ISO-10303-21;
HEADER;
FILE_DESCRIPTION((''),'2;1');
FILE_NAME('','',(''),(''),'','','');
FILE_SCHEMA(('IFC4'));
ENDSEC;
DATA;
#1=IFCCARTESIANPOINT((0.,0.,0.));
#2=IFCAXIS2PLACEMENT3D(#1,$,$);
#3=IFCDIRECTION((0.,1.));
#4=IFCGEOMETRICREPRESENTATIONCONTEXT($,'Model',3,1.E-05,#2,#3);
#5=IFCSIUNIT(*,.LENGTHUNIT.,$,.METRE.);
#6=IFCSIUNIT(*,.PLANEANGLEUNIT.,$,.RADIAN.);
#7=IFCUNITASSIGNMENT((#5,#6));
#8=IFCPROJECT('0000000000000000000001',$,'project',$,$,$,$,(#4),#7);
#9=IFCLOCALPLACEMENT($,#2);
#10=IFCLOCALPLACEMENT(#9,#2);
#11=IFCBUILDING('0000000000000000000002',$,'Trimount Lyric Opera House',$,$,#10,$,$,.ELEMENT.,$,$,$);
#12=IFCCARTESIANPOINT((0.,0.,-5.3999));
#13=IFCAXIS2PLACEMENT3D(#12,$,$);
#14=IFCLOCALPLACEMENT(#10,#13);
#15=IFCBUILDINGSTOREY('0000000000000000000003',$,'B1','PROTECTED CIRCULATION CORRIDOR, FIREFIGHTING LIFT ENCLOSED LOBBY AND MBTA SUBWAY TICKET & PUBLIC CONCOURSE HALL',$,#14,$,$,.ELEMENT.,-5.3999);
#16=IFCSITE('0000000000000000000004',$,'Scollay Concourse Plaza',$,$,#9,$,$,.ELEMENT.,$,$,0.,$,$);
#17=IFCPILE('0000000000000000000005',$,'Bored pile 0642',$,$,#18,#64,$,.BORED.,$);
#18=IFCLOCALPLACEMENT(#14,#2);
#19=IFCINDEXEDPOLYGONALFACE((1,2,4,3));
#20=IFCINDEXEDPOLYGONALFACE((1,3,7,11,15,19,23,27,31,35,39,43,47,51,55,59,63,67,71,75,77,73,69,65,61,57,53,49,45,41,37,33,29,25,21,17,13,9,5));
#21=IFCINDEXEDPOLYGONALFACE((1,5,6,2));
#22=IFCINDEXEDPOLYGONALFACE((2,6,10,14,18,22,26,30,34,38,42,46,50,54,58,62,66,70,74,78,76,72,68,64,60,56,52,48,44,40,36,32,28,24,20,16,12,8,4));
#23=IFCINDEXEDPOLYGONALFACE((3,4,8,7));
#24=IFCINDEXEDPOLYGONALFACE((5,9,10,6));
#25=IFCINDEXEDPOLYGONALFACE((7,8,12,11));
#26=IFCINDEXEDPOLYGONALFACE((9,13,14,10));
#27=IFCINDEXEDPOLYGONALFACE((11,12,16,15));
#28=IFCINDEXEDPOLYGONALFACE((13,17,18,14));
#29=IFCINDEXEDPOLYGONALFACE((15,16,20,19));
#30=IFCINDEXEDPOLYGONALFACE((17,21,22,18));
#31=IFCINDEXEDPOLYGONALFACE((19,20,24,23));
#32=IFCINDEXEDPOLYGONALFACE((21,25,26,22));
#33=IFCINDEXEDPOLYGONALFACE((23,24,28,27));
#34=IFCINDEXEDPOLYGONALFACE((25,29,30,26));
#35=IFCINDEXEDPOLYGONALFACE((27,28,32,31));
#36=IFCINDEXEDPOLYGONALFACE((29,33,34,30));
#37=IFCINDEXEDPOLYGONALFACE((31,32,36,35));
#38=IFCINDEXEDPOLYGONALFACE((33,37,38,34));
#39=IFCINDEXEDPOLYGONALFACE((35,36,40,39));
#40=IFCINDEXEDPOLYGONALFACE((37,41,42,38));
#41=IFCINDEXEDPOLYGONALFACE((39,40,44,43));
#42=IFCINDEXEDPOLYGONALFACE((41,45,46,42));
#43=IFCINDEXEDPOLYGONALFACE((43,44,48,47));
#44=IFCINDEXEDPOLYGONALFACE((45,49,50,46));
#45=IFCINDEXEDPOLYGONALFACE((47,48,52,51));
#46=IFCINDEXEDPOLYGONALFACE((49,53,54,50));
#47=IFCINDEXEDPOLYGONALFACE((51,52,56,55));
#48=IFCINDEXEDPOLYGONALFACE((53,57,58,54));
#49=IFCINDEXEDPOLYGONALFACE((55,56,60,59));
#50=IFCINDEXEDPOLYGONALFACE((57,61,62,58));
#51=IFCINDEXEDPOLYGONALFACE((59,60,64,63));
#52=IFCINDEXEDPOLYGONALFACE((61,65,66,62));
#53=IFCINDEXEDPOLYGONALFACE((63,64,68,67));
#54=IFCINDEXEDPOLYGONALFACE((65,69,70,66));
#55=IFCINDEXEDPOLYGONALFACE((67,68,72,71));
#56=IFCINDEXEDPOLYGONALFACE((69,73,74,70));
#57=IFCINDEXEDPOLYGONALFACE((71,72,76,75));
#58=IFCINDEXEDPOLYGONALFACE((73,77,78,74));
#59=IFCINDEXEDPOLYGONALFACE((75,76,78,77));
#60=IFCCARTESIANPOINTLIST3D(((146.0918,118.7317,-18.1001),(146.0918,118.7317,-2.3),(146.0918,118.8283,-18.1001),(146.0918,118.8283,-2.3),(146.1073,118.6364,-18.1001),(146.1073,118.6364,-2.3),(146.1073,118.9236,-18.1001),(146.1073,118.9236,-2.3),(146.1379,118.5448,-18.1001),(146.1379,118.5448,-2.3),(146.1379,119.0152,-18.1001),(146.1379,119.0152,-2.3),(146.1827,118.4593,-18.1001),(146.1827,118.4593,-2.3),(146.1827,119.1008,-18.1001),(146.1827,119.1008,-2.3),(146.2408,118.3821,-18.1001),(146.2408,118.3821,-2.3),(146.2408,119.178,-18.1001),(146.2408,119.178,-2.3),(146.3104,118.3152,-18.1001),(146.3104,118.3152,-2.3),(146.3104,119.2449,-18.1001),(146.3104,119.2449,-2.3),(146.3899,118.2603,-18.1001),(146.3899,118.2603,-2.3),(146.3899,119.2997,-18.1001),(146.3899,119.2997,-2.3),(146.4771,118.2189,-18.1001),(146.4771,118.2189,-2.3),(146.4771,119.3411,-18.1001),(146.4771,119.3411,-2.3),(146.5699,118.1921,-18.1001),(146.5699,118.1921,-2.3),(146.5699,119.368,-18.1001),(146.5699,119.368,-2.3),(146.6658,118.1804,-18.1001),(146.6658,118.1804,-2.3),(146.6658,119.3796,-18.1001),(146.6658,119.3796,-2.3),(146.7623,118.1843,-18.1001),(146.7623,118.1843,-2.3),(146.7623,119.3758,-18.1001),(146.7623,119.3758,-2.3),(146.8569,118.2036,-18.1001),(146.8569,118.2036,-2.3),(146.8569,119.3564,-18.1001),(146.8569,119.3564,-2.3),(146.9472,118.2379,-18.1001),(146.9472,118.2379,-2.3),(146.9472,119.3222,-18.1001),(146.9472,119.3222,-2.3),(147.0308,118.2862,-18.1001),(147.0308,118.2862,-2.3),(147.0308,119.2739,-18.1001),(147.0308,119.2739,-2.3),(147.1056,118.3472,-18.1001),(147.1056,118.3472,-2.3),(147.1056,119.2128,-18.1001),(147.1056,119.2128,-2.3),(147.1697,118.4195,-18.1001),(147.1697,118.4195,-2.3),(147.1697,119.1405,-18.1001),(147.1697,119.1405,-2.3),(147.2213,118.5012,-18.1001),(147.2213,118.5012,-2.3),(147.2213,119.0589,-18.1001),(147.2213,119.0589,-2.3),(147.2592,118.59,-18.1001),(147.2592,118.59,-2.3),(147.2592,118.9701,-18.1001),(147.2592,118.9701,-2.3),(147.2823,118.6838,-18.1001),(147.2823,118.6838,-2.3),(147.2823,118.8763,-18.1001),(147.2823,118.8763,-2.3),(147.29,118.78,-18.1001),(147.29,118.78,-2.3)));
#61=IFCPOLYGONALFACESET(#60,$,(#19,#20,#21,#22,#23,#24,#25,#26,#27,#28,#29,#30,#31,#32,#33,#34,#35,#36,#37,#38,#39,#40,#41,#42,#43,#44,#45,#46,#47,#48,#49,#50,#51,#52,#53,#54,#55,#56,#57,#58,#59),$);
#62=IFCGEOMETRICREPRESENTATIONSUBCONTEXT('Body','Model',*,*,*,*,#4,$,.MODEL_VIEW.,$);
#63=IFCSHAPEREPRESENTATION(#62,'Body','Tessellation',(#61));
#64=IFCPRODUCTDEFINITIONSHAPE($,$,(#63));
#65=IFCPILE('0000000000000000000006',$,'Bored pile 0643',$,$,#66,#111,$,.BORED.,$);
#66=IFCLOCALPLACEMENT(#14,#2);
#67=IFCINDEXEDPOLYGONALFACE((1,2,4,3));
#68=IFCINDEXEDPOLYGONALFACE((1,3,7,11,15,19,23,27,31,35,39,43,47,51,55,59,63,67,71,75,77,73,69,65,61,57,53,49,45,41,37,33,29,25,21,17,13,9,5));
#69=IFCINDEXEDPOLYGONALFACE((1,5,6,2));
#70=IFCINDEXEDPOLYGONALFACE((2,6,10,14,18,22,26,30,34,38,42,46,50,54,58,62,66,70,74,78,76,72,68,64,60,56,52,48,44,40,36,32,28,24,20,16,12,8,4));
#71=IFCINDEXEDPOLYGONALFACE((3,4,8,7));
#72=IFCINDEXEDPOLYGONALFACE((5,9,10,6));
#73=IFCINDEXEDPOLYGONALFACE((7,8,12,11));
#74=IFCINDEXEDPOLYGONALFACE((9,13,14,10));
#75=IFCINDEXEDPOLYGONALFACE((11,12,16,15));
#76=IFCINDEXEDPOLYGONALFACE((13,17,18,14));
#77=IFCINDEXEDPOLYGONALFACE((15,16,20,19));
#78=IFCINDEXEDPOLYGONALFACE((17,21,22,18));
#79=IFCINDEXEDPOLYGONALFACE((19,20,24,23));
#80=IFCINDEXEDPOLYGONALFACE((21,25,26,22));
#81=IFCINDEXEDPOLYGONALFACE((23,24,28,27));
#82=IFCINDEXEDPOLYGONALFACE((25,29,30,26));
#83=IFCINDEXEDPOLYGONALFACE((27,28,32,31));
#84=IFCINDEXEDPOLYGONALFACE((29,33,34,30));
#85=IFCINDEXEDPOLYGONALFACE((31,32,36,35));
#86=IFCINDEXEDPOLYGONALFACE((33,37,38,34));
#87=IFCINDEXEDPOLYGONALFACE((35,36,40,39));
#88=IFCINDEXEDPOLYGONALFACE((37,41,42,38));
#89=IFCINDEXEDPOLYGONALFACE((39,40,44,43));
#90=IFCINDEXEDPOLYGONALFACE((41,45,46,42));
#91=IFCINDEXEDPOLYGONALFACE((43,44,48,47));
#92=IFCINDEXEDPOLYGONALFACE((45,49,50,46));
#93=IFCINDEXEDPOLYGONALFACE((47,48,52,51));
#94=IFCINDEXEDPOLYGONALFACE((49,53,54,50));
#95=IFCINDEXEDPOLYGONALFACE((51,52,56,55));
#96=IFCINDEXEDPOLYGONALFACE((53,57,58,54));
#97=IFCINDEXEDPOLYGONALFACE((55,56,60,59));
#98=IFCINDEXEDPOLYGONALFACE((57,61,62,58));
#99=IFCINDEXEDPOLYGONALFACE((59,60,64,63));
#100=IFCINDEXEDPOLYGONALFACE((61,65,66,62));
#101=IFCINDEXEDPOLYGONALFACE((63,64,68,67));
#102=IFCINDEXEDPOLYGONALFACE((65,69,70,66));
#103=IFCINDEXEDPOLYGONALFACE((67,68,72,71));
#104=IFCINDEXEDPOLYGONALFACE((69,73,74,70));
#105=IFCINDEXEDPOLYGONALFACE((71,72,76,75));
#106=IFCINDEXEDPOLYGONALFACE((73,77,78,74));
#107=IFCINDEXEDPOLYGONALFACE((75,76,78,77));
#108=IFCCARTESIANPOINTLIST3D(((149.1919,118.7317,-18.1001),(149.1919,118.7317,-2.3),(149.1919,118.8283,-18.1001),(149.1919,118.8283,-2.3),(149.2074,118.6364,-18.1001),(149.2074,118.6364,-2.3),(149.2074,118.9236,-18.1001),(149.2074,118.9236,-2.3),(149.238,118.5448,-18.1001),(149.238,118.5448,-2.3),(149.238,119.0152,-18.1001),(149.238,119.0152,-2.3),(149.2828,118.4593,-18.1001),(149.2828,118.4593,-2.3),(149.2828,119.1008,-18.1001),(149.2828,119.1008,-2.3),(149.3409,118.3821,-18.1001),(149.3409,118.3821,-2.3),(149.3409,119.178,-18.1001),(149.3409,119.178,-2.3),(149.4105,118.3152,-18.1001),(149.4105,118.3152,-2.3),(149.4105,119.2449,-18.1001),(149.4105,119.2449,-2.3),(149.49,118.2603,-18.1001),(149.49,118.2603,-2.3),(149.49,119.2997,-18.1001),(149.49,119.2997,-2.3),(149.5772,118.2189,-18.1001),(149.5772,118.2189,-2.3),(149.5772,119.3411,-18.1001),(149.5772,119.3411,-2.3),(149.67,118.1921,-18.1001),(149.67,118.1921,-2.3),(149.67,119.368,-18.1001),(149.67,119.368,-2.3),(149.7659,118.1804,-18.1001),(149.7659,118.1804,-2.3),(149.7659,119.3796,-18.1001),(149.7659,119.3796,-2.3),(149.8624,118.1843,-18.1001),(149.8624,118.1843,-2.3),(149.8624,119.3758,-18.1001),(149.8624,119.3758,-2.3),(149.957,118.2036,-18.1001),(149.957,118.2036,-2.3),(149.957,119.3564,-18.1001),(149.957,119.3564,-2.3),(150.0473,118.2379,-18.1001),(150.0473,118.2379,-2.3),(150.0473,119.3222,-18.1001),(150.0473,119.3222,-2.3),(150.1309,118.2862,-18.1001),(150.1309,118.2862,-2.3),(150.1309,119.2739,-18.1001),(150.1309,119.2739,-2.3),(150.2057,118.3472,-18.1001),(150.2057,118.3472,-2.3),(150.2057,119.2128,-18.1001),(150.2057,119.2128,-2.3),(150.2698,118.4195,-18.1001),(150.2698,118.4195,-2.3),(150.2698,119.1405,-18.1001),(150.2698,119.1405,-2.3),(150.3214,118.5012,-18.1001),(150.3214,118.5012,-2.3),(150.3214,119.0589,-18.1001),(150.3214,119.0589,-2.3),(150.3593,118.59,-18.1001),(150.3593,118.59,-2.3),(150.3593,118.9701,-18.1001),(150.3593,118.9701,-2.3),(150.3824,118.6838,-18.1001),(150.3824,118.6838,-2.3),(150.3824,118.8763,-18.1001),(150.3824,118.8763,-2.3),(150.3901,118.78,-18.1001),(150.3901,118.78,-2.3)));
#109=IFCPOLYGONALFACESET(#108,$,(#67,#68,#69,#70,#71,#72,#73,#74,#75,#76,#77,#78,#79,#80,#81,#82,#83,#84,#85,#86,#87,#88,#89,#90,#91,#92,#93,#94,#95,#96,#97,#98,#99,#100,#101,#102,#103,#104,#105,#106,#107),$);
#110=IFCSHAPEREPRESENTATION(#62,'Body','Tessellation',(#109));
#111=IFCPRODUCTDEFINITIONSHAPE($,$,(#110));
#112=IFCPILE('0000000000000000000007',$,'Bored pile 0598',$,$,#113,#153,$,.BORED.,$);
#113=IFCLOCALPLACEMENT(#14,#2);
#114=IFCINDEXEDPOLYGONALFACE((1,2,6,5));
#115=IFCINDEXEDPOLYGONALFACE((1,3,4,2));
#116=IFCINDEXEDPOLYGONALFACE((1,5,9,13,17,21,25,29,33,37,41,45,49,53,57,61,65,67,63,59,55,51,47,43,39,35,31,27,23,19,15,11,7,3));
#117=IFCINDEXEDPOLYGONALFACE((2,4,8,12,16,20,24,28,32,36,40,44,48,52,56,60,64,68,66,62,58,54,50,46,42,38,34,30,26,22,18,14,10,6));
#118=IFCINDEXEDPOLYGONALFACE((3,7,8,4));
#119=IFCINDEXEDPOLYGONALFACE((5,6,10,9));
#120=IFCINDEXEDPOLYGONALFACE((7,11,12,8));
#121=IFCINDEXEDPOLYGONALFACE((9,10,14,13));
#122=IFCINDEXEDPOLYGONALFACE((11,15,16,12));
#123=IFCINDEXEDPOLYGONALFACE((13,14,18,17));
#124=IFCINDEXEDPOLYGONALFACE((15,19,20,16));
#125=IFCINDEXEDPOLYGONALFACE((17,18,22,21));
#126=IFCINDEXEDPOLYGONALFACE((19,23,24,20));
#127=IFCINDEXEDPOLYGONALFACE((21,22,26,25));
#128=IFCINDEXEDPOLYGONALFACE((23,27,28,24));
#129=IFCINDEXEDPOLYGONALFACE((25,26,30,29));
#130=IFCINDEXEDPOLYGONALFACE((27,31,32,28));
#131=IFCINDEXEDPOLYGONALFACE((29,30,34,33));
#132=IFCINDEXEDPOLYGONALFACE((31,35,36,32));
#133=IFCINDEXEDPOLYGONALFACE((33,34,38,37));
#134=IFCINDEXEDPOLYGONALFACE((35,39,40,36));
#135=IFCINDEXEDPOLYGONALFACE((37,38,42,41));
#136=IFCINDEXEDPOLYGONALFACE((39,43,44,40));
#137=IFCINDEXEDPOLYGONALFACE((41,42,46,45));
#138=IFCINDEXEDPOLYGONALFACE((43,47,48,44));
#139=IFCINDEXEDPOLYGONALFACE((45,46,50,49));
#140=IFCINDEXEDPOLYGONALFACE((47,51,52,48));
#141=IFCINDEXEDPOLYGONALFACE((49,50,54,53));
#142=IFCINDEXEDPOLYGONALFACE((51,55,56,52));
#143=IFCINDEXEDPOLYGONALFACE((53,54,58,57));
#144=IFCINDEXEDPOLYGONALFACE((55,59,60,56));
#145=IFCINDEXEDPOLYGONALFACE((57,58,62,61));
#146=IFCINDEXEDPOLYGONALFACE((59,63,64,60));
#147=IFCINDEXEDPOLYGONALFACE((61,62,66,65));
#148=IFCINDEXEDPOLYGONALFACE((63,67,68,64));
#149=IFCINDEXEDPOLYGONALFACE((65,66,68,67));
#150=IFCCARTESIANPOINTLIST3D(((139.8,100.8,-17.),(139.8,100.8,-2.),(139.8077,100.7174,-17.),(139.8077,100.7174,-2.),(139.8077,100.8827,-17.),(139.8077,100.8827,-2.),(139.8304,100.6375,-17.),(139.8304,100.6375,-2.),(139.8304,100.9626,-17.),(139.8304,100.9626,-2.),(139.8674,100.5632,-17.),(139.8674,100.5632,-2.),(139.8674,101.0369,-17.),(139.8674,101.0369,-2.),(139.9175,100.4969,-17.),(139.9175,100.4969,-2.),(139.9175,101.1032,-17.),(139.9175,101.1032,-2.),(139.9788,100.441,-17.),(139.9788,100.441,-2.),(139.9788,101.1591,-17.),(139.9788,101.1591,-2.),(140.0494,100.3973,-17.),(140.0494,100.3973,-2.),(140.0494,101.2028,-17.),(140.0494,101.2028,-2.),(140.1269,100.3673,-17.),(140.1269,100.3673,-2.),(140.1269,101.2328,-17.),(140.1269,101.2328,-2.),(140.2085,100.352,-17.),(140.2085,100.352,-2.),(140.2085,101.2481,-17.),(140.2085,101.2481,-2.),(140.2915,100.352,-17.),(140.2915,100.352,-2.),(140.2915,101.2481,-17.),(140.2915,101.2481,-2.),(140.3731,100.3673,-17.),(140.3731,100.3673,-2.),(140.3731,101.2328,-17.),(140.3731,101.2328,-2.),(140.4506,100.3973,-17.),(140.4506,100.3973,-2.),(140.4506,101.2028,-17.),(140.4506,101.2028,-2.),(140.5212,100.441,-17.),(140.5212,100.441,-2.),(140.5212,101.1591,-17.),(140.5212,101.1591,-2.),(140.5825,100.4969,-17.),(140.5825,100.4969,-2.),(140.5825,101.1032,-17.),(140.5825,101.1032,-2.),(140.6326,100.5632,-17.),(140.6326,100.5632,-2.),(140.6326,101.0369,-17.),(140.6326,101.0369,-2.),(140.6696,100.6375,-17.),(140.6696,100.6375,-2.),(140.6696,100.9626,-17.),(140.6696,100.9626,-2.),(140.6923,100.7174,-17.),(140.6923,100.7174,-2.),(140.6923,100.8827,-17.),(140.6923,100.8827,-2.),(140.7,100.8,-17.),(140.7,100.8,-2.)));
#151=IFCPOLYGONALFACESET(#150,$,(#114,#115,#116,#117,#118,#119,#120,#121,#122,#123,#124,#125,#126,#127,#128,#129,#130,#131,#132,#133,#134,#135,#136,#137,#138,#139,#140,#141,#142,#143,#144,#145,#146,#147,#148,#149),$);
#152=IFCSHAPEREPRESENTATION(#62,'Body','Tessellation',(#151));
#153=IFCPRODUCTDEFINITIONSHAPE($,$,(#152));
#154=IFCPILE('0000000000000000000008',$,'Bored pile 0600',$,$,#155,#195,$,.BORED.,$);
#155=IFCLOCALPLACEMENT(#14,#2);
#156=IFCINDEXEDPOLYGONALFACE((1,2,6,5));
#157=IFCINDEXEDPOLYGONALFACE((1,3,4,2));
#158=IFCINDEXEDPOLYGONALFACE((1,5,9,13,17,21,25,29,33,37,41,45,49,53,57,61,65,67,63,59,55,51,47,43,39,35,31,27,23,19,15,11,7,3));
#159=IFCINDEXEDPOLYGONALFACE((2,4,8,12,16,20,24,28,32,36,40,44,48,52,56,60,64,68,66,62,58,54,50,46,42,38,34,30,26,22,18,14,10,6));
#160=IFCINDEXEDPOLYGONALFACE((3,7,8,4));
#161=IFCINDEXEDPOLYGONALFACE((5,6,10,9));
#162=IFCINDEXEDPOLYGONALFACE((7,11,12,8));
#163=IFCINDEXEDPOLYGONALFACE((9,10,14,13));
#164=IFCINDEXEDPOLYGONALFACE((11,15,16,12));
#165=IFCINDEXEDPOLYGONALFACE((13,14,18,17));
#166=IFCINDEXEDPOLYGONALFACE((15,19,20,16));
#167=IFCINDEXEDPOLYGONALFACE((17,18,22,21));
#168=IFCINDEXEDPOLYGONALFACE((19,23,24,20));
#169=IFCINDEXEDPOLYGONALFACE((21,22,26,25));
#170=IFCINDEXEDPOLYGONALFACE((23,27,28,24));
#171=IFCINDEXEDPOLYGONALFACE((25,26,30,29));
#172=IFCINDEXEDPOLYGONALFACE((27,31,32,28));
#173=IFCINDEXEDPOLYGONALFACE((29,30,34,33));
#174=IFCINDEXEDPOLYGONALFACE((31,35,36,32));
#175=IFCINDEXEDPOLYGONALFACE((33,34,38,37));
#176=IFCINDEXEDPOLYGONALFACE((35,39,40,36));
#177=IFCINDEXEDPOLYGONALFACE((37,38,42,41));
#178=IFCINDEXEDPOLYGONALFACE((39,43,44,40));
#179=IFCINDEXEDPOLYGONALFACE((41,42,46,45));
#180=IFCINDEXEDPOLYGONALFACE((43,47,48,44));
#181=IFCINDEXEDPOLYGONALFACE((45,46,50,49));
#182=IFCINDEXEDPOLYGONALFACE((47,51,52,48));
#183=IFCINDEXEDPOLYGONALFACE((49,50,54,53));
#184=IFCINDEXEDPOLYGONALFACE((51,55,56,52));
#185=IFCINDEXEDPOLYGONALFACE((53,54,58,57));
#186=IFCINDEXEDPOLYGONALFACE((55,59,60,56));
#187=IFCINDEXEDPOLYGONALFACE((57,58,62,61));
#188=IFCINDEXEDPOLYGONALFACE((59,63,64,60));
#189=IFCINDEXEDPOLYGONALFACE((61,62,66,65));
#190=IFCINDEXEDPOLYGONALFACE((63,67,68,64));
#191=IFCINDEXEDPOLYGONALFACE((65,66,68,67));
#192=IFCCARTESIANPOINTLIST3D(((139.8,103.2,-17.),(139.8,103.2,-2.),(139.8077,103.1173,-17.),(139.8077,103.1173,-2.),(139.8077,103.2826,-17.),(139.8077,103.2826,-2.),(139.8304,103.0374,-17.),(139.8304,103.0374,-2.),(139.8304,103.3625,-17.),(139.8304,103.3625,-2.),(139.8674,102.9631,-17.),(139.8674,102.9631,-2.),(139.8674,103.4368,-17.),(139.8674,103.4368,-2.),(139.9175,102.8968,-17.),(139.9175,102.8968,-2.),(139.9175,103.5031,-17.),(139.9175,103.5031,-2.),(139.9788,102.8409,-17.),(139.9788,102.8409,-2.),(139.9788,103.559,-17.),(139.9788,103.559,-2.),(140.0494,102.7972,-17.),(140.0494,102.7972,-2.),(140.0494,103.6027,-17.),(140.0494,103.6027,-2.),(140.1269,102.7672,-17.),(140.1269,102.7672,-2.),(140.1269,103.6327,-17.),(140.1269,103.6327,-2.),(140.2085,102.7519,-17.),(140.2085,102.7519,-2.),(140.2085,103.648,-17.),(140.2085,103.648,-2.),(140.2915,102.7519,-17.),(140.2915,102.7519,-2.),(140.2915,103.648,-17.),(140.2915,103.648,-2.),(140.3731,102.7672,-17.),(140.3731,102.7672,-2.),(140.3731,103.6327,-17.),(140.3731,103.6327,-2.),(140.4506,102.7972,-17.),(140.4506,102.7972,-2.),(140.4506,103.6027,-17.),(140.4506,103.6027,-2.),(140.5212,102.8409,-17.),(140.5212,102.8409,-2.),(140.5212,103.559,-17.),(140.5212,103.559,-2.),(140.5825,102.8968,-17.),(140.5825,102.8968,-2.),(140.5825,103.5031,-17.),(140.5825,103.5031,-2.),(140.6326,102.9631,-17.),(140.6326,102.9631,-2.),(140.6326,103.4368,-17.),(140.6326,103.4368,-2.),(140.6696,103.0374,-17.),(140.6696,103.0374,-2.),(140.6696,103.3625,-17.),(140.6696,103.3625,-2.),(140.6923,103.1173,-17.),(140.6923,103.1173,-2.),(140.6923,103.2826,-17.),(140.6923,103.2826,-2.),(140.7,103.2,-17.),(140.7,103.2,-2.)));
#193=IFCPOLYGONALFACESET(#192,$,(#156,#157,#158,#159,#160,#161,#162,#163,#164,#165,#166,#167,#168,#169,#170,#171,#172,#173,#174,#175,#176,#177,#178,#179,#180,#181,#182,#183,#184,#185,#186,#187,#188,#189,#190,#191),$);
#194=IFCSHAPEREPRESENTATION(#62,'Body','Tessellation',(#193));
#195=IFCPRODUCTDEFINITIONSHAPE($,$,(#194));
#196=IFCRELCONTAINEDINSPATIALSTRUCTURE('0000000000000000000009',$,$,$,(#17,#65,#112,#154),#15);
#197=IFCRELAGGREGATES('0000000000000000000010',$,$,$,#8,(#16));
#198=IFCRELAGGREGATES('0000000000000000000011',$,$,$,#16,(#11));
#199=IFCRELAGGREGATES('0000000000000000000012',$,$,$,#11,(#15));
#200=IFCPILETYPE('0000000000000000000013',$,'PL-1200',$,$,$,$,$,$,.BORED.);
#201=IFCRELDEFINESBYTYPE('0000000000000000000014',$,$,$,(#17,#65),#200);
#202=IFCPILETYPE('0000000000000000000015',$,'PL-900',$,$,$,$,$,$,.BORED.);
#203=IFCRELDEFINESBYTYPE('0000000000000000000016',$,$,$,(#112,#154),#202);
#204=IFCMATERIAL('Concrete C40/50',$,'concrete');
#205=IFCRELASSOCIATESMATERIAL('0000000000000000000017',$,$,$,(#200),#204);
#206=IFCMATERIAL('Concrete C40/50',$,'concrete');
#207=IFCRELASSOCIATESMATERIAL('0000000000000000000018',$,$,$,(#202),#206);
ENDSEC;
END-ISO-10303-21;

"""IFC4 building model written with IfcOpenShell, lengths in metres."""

from ifc_helpers import new_model, si_unit, direction, frame, origin, origin_2d, place, context, subcontext, project, spatial, circle, extrude, material, material_profile, profile_set, type_object, element, save


model = new_model("IFC4")

# Units and contexts
model_context = context("Model", 3, precision=1e-05, world=origin(), true_north=direction((0.0, 1.0)))
body_context = subcontext(model_context, "Body", "Model", "MODEL_VIEW")
ifc_project = project(units=[si_unit("LENGTHUNIT", "METRE"), si_unit("PLANEANGLEUNIT", "RADIAN")], contexts=[model_context])

# Site, building, storey
site_placement = place(None, origin())
site = spatial("IfcSite", under=ifc_project, at=site_placement, Name="Scollay Concourse Plaza", CompositionType="ELEMENT", RefElevation=0.0)
building_placement = place(site_placement, origin())
building = spatial("IfcBuilding", under=site, at=building_placement, Name="Trimount Lyric Opera House", CompositionType="ELEMENT")
storey_placement = place(building_placement, frame((0.0, 0.0, -5.3999)))
storey = spatial("IfcBuildingStorey", under=building, at=storey_placement, Name="B1", Description="PROTECTED CIRCULATION CORRIDOR, FIREFIGHTING LIFT ENCLOSED LOBBY AND MBTA SUBWAY TICKET & PUBLIC CONCOURSE HALL", CompositionType="ELEMENT", Elevation=-5.3999)

# Piles
ifc_material_1 = material(Name="Concrete C40/50", Category="concrete")
ifc_material_profile_1 = material_profile(ifc_material_1, circle(Radius=0.6001, at=origin_2d()), Name="PILE-D1200")
ifc_profile_set_1 = profile_set([ifc_material_profile_1], Name="Concrete C40/50")
pile_type_1 = type_object("IfcPileType", Name="PL-1200", PredefinedType="BORED", material=ifc_profile_set_1)
for number, where, z_axis, x_axis, name in (
    (1, (146.6899, 118.78, -2.3), (0.0, 0.0, -1.0), (1.0, 0.0, 0.0), "Bored pile 0642"),
    (2, (149.79, 118.78, -2.3), (0.0, 0.0, -1.0), (1.0, 0.0, 0.0), "Bored pile 0643"),
):
    element("IfcPile", number, at=place(storey_placement, frame(where, z_axis=z_axis, x_axis=x_axis)), inside=storey, type_object=pile_type_1, Name=name, PredefinedType="BORED", context=body_context, shape_type="SweptSolid", body=[
        extrude(circle(Radius=0.6001, at=origin_2d()), origin(), (0.0, 0.0, 1.0), 15.8),
    ])
ifc_material_2 = material(Name="Concrete C40/50", Category="concrete")
ifc_material_profile_2 = material_profile(ifc_material_2, circle(Radius=0.45, at=origin_2d()), Name="PILE-D900")
ifc_profile_set_2 = profile_set([ifc_material_profile_2], Name="Concrete C40/50")
pile_type_2 = type_object("IfcPileType", Name="PL-900", PredefinedType="BORED", material=ifc_profile_set_2)
for number, where, z_axis, x_axis, name in (
    (3, (140.25, 100.8, -2.0), (0.0, 0.0, -1.0), (1.0, 0.0, 0.0), "Bored pile 0598"),
    (4, (140.25, 103.2, -2.0), (0.0, 0.0, -1.0), (1.0, 0.0, 0.0), "Bored pile 0600"),
):
    element("IfcPile", number, at=place(storey_placement, frame(where, z_axis=z_axis, x_axis=x_axis)), inside=storey, type_object=pile_type_2, Name=name, PredefinedType="BORED", context=body_context, shape_type="SweptSolid", body=[
        extrude(circle(Radius=0.45, at=origin_2d()), origin(), (0.0, 0.0, 1.0), 15.0),
    ])

save(model, "model.ifc")
